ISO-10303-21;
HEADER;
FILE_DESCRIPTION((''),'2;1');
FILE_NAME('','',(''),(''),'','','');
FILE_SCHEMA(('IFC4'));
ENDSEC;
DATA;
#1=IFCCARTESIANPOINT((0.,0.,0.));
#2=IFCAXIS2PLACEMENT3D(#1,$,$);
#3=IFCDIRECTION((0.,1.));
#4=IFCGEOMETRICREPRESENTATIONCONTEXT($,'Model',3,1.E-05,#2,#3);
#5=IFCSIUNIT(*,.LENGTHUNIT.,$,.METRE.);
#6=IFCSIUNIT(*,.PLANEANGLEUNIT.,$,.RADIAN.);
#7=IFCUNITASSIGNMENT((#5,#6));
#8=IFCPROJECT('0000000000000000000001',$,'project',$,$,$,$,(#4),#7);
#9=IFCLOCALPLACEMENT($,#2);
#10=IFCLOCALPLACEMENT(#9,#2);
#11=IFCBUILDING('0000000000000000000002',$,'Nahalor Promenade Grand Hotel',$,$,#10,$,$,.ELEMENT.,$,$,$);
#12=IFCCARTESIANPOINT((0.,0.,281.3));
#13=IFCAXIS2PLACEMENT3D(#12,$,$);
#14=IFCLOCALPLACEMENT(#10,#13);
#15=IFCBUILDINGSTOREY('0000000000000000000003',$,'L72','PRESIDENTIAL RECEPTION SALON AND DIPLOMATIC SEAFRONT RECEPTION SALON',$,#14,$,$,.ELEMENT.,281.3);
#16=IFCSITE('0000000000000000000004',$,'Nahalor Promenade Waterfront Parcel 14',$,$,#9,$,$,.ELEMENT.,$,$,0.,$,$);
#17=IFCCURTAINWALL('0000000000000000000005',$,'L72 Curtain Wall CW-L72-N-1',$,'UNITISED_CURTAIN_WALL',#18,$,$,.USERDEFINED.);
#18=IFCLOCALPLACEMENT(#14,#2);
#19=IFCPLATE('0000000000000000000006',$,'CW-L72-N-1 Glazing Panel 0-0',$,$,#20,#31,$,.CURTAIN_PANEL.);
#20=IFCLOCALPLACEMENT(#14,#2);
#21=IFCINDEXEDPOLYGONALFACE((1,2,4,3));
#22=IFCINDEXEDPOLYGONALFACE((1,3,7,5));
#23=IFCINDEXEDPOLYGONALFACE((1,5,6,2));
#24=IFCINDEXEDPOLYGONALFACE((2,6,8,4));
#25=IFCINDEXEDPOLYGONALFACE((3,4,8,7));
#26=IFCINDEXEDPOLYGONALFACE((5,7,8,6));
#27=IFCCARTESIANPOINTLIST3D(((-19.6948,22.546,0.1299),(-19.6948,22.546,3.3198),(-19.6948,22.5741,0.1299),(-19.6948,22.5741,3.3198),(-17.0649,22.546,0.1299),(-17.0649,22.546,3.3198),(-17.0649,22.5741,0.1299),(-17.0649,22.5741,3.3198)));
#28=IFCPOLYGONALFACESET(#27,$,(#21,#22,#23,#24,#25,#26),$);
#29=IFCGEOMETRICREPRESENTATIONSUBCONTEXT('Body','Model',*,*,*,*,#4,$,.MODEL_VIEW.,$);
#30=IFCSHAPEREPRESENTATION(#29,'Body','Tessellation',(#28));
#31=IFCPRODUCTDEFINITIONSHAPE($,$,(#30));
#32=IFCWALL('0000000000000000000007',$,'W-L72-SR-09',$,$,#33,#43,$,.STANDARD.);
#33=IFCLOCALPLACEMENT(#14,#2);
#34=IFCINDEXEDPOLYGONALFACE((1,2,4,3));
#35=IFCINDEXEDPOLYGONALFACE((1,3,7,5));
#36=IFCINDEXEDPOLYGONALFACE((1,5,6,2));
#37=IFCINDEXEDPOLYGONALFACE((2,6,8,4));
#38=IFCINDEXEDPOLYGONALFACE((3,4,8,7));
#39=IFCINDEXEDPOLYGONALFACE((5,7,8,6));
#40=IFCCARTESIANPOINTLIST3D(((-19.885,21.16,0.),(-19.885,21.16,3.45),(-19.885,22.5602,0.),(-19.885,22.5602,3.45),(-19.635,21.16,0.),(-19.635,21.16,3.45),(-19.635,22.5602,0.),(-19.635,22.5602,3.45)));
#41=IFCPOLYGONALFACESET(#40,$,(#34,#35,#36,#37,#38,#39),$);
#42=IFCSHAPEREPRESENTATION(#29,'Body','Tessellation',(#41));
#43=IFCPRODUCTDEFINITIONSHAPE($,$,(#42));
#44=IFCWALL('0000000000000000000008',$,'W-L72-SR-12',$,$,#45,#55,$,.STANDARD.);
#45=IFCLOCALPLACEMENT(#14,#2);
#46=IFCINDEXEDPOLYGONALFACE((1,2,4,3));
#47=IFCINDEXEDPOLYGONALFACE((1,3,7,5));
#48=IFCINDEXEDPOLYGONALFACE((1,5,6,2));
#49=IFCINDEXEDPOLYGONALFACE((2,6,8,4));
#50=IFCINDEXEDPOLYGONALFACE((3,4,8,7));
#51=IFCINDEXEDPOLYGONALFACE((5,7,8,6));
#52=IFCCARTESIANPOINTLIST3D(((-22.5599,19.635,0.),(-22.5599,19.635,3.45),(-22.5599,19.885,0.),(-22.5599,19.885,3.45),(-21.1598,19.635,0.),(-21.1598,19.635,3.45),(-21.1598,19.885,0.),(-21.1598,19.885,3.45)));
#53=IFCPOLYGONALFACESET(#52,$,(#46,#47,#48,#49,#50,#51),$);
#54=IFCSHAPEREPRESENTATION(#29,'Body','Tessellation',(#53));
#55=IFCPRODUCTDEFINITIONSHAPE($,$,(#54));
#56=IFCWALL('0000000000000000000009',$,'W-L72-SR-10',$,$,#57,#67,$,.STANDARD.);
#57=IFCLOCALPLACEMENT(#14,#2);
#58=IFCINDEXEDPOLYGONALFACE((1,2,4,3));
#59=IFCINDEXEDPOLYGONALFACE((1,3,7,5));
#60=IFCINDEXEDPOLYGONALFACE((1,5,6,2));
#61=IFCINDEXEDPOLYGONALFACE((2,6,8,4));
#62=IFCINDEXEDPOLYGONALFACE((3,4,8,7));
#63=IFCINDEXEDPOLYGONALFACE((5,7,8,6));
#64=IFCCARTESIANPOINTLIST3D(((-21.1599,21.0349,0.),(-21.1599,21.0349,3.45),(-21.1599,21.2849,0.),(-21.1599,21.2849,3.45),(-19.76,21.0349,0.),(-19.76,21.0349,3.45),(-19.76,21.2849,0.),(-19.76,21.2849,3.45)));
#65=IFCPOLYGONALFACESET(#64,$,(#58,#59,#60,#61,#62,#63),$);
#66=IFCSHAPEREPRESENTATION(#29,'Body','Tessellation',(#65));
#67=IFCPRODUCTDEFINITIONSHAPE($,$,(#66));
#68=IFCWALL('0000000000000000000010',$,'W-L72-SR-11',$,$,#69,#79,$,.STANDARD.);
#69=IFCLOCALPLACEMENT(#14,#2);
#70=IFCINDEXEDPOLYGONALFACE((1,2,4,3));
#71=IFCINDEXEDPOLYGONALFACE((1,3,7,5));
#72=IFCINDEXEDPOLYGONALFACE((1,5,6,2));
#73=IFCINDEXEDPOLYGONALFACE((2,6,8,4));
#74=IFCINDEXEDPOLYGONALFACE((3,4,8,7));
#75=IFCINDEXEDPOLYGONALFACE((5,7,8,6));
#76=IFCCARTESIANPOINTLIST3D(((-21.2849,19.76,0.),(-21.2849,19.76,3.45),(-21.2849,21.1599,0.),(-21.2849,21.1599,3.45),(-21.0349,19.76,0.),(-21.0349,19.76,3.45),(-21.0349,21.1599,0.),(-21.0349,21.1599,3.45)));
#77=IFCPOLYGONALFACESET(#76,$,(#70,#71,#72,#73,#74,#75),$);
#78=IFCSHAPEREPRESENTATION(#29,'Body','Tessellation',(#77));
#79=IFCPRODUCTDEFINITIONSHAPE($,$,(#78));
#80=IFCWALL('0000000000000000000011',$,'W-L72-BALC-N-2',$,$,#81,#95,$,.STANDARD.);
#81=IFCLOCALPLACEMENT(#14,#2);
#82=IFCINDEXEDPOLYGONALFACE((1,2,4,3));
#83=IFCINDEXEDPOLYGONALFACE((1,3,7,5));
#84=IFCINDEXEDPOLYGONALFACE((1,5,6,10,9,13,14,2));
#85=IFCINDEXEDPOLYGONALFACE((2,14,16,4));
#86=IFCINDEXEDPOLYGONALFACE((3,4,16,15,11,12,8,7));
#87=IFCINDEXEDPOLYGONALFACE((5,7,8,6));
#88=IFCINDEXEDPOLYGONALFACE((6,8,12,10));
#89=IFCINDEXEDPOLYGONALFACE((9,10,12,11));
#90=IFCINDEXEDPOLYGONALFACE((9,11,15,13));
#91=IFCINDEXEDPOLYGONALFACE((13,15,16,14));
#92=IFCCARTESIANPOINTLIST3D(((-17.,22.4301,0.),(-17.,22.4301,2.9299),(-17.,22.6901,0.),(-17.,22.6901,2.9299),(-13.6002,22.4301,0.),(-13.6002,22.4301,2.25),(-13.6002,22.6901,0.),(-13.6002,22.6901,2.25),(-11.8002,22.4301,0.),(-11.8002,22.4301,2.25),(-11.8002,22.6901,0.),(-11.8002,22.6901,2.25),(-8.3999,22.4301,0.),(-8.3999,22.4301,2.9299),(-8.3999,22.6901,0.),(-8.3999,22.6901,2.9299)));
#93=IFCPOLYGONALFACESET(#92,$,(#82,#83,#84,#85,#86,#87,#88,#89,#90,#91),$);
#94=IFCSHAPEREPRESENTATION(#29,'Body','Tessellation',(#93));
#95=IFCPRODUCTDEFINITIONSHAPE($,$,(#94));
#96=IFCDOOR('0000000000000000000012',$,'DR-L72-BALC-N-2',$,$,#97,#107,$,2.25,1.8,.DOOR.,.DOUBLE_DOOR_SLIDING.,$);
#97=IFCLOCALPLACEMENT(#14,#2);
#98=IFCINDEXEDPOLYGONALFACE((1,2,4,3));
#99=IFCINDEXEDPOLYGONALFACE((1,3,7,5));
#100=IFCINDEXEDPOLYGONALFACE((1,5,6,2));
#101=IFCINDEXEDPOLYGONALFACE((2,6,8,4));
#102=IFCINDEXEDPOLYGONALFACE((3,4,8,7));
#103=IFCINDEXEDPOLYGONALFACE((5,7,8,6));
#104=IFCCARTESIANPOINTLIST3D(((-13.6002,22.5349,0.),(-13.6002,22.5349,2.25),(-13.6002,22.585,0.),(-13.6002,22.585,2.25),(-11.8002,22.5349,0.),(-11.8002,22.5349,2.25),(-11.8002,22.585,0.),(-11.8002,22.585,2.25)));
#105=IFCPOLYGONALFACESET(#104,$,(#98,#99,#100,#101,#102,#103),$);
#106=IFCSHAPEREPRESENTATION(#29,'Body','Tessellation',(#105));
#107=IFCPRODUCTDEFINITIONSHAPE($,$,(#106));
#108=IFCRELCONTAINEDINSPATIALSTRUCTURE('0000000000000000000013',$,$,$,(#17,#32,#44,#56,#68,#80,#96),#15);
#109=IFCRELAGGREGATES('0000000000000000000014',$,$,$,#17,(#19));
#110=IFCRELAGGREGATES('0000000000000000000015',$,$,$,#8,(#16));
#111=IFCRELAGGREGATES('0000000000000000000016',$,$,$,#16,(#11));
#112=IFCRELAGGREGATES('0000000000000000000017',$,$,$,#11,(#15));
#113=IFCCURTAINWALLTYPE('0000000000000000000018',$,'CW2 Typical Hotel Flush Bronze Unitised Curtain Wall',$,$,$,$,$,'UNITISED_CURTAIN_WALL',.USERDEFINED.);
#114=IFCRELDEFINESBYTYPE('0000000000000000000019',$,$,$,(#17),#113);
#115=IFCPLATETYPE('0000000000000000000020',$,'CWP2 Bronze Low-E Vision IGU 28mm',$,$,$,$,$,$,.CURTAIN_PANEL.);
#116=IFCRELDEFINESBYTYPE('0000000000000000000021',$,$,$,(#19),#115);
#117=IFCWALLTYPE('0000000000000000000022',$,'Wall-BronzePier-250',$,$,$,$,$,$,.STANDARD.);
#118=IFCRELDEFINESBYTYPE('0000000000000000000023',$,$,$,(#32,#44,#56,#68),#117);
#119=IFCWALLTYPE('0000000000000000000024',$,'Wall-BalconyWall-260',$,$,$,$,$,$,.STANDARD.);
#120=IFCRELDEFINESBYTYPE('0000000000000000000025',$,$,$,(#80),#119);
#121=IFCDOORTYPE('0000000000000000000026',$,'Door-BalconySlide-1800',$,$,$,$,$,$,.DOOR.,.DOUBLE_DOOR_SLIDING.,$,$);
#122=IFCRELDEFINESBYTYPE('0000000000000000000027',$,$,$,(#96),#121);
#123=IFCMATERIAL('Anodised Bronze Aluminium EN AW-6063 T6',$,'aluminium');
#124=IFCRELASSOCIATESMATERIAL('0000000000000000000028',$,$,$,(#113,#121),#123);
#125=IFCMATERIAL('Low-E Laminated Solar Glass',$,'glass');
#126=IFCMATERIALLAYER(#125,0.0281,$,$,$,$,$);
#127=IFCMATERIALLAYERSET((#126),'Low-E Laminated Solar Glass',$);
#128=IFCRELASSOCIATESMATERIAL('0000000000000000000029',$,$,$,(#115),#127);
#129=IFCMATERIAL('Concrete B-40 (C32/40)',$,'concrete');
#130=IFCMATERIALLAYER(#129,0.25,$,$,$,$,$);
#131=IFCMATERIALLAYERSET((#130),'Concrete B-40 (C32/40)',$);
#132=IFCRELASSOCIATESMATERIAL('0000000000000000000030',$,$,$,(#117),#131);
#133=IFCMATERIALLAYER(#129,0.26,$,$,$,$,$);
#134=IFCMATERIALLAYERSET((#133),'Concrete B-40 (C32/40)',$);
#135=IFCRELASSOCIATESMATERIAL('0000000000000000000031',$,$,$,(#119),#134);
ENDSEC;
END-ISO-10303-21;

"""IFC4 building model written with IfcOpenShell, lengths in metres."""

from ifc_helpers import new_model, si_unit, direction, frame, frame_2d, origin, origin_2d, place, context, subcontext, project, spatial, rectangle, extrude, source, transform, mapped, material, layer, layer_set, type_object, element, fill, aggregate, save


model = new_model("IFC4")

# Units and contexts
model_context = context("Model", 3, precision=1e-05, world=origin(), true_north=direction((0.0, 1.0)))
body_context = subcontext(model_context, "Body", "Model", "MODEL_VIEW")
ifc_project = project(units=[si_unit("LENGTHUNIT", "METRE"), si_unit("PLANEANGLEUNIT", "RADIAN")], contexts=[model_context])

# Site, building, storey
site_placement = place(None, origin())
site = spatial("IfcSite", under=ifc_project, at=site_placement, Name="Nahalor Promenade Waterfront Parcel 14", CompositionType="ELEMENT", RefElevation=0.0)
building_placement = place(site_placement, origin())
building = spatial("IfcBuilding", under=site, at=building_placement, Name="Nahalor Promenade Grand Hotel", CompositionType="ELEMENT")
storey_placement = place(building_placement, frame((0.0, 0.0, 281.3)))
storey = spatial("IfcBuildingStorey", under=building, at=storey_placement, Name="L72", Description="PRESIDENTIAL RECEPTION SALON AND DIPLOMATIC SEAFRONT RECEPTION SALON", CompositionType="ELEMENT", Elevation=281.3)

# Curtain wall
ifc_material_1 = material(Name="Anodised Bronze Aluminium EN AW-6063 T6", Category="aluminium")
curtain_wall_type = type_object("IfcCurtainWallType", Name="CW2 Typical Hotel Flush Bronze Unitised Curtain Wall", ElementType="UNITISED_CURTAIN_WALL", PredefinedType="USERDEFINED", material=ifc_material_1)
curtain_wall_1_placement = place(storey_placement, origin())
curtain_wall_1 = element("IfcCurtainWall", 1, at=curtain_wall_1_placement, inside=storey, type_object=curtain_wall_type, Name="L72 Curtain Wall CW-L72-N-1", ObjectType="UNITISED_CURTAIN_WALL", PredefinedType="USERDEFINED")

# Plate
ifc_material_2 = material(Name="Low-E Laminated Solar Glass", Category="glass")
ifc_layer_1 = layer(ifc_material_2, 0.0281)
ifc_layer_set_1 = layer_set([ifc_layer_1], Name="Low-E Laminated Solar Glass")
plate_type = type_object("IfcPlateType", Name="CWP2 Bronze Low-E Vision IGU 28mm", PredefinedType="CURTAIN_PANEL", material=ifc_layer_set_1)
shared_shape_1 = source(origin(), body_context, "Body", "SweptSolid", [
    extrude(rectangle(XDim=2.6299, YDim=0.0281, at=origin_2d()), origin(), (0.0, 0.0, 1.0), 3.1899),
])
plate_placement = place(storey_placement, frame((-18.3799, 22.5601, 0.1299), z_axis=(0.0, 0.0, 1.0), x_axis=(1.0, 0.0, 0.0)))
plate = element("IfcPlate", 2, at=plate_placement, type_object=plate_type, Name="CW-L72-N-1 Glazing Panel 0-0", PredefinedType="CURTAIN_PANEL", context=body_context, shape_type="MappedRepresentation", body=[
    mapped(shared_shape_1, transform((0.0, 0.0, 0.0), scale=1.0)),
])
aggregate(curtain_wall_1, [plate])

# Walls
ifc_material_3 = material(Name="Concrete B-40 (C32/40)", Category="concrete")
ifc_layer_2 = layer(ifc_material_3, 0.25)
ifc_layer_set_2 = layer_set([ifc_layer_2], Name="Concrete B-40 (C32/40)")
wall_type_1 = type_object("IfcWallType", Name="Wall-BronzePier-250", PredefinedType="STANDARD", material=ifc_layer_set_2)
shared_shape_2 = source(origin(), body_context, "Body", "SweptSolid", [
    extrude(rectangle(XDim=1.4001, YDim=0.25, at=frame_2d((0.7002, 0.0))), origin(), (0.0, 0.0, 1.0), 3.45),
])
for number, where, z_axis, x_axis, name in (
    (3, (-19.76, 21.1599, 0.0), (0.0, 0.0, 1.0), (0.0, 1.0, 0.0), "W-L72-SR-09"),
    (4, (-22.5601, 19.76, 0.0), (0.0, 0.0, 1.0), (1.0, 0.0, 0.0), "W-L72-SR-12"),
):
    element("IfcWall", number, at=place(storey_placement, frame(where, z_axis=z_axis, x_axis=x_axis)), inside=storey, type_object=wall_type_1, Name=name, PredefinedType="STANDARD", context=body_context, shape_type="MappedRepresentation", body=[
        mapped(shared_shape_2, transform((0.0, 0.0, 0.0), scale=1.0)),
    ])
shared_shape_3 = source(origin(), body_context, "Body", "SweptSolid", [
    extrude(rectangle(XDim=1.3999, YDim=0.25, at=frame_2d((0.7, 0.0))), origin(), (0.0, 0.0, 1.0), 3.45),
])
for number, where, z_axis, x_axis, name in (
    (5, (-21.1599, 21.1599, 0.0), (0.0, 0.0, 1.0), (1.0, 0.0, 0.0), "W-L72-SR-10"),
    (6, (-21.1599, 19.76, 0.0), (0.0, 0.0, 1.0), (0.0, 1.0, 0.0), "W-L72-SR-11"),
):
    element("IfcWall", number, at=place(storey_placement, frame(where, z_axis=z_axis, x_axis=x_axis)), inside=storey, type_object=wall_type_1, Name=name, PredefinedType="STANDARD", context=body_context, shape_type="MappedRepresentation", body=[
        mapped(shared_shape_3, transform((0.0, 0.0, 0.0), scale=1.0)),
    ])

# Wall, opening, door
ifc_layer_3 = layer(ifc_material_3, 0.26)
ifc_layer_set_3 = layer_set([ifc_layer_3], Name="Concrete B-40 (C32/40)")
wall_type_2 = type_object("IfcWallType", Name="Wall-BalconyWall-260", PredefinedType="STANDARD", material=ifc_layer_set_3)
shared_shape_4 = source(origin(), body_context, "Body", "SweptSolid", [
    extrude(rectangle(XDim=8.6001, YDim=0.26, at=frame_2d((4.3, 0.0))), origin(), (0.0, 0.0, 1.0), 2.9299),
])
wall_placement = place(storey_placement, frame((-17.0, 22.5601, 0.0), z_axis=(0.0, 0.0, 1.0), x_axis=(1.0, 0.0, 0.0)))
wall = element("IfcWall", 7, at=wall_placement, inside=storey, type_object=wall_type_2, Name="W-L72-BALC-N-2", PredefinedType="STANDARD", context=body_context, shape_type="MappedRepresentation", body=[
    mapped(shared_shape_4, transform((0.0, 0.0, 0.0), scale=1.0)),
])
opening_placement = place(wall_placement, frame((3.3999, 0.0, 0.0)))
opening = element("IfcOpeningElement", 8, at=opening_placement, cuts=wall, PredefinedType="OPENING", context=body_context, shape_type="SweptSolid", body=[
    extrude(rectangle(XDim=1.8, YDim=2.25, at=frame_2d((0.8999, 1.125))), frame((0.0, 0.1399, 0.0), z_axis=(0.0, -1.0, 0.0), x_axis=(1.0, 0.0, 0.0)), (0.0, 0.0, 1.0), 0.28),
])
door_type = type_object("IfcDoorType", Name="Door-BalconySlide-1800", OperationType="DOUBLE_DOOR_SLIDING", PredefinedType="DOOR", material=ifc_material_1)
shared_shape_5 = source(origin(), body_context, "Body", "SweptSolid", [
    extrude(rectangle(XDim=1.8, YDim=2.25, at=frame_2d((0.8999, 1.125))), frame((0.0, 0.0249, 0.0), z_axis=(0.0, -1.0, 0.0), x_axis=(1.0, 0.0, 0.0)), (0.0, 0.0, 1.0), 0.05),
])
door_placement = place(opening_placement, origin())
door = element("IfcDoor", 9, at=door_placement, inside=storey, type_object=door_type, Name="DR-L72-BALC-N-2", OperationType="DOUBLE_DOOR_SLIDING", OverallHeight=2.25, OverallWidth=1.8, PredefinedType="DOOR", context=body_context, shape_type="MappedRepresentation", body=[
    mapped(shared_shape_5, transform((0.0, 0.0, 0.0), scale=1.0)),
])
fill(opening, door)

save(model, "model.ifc")
